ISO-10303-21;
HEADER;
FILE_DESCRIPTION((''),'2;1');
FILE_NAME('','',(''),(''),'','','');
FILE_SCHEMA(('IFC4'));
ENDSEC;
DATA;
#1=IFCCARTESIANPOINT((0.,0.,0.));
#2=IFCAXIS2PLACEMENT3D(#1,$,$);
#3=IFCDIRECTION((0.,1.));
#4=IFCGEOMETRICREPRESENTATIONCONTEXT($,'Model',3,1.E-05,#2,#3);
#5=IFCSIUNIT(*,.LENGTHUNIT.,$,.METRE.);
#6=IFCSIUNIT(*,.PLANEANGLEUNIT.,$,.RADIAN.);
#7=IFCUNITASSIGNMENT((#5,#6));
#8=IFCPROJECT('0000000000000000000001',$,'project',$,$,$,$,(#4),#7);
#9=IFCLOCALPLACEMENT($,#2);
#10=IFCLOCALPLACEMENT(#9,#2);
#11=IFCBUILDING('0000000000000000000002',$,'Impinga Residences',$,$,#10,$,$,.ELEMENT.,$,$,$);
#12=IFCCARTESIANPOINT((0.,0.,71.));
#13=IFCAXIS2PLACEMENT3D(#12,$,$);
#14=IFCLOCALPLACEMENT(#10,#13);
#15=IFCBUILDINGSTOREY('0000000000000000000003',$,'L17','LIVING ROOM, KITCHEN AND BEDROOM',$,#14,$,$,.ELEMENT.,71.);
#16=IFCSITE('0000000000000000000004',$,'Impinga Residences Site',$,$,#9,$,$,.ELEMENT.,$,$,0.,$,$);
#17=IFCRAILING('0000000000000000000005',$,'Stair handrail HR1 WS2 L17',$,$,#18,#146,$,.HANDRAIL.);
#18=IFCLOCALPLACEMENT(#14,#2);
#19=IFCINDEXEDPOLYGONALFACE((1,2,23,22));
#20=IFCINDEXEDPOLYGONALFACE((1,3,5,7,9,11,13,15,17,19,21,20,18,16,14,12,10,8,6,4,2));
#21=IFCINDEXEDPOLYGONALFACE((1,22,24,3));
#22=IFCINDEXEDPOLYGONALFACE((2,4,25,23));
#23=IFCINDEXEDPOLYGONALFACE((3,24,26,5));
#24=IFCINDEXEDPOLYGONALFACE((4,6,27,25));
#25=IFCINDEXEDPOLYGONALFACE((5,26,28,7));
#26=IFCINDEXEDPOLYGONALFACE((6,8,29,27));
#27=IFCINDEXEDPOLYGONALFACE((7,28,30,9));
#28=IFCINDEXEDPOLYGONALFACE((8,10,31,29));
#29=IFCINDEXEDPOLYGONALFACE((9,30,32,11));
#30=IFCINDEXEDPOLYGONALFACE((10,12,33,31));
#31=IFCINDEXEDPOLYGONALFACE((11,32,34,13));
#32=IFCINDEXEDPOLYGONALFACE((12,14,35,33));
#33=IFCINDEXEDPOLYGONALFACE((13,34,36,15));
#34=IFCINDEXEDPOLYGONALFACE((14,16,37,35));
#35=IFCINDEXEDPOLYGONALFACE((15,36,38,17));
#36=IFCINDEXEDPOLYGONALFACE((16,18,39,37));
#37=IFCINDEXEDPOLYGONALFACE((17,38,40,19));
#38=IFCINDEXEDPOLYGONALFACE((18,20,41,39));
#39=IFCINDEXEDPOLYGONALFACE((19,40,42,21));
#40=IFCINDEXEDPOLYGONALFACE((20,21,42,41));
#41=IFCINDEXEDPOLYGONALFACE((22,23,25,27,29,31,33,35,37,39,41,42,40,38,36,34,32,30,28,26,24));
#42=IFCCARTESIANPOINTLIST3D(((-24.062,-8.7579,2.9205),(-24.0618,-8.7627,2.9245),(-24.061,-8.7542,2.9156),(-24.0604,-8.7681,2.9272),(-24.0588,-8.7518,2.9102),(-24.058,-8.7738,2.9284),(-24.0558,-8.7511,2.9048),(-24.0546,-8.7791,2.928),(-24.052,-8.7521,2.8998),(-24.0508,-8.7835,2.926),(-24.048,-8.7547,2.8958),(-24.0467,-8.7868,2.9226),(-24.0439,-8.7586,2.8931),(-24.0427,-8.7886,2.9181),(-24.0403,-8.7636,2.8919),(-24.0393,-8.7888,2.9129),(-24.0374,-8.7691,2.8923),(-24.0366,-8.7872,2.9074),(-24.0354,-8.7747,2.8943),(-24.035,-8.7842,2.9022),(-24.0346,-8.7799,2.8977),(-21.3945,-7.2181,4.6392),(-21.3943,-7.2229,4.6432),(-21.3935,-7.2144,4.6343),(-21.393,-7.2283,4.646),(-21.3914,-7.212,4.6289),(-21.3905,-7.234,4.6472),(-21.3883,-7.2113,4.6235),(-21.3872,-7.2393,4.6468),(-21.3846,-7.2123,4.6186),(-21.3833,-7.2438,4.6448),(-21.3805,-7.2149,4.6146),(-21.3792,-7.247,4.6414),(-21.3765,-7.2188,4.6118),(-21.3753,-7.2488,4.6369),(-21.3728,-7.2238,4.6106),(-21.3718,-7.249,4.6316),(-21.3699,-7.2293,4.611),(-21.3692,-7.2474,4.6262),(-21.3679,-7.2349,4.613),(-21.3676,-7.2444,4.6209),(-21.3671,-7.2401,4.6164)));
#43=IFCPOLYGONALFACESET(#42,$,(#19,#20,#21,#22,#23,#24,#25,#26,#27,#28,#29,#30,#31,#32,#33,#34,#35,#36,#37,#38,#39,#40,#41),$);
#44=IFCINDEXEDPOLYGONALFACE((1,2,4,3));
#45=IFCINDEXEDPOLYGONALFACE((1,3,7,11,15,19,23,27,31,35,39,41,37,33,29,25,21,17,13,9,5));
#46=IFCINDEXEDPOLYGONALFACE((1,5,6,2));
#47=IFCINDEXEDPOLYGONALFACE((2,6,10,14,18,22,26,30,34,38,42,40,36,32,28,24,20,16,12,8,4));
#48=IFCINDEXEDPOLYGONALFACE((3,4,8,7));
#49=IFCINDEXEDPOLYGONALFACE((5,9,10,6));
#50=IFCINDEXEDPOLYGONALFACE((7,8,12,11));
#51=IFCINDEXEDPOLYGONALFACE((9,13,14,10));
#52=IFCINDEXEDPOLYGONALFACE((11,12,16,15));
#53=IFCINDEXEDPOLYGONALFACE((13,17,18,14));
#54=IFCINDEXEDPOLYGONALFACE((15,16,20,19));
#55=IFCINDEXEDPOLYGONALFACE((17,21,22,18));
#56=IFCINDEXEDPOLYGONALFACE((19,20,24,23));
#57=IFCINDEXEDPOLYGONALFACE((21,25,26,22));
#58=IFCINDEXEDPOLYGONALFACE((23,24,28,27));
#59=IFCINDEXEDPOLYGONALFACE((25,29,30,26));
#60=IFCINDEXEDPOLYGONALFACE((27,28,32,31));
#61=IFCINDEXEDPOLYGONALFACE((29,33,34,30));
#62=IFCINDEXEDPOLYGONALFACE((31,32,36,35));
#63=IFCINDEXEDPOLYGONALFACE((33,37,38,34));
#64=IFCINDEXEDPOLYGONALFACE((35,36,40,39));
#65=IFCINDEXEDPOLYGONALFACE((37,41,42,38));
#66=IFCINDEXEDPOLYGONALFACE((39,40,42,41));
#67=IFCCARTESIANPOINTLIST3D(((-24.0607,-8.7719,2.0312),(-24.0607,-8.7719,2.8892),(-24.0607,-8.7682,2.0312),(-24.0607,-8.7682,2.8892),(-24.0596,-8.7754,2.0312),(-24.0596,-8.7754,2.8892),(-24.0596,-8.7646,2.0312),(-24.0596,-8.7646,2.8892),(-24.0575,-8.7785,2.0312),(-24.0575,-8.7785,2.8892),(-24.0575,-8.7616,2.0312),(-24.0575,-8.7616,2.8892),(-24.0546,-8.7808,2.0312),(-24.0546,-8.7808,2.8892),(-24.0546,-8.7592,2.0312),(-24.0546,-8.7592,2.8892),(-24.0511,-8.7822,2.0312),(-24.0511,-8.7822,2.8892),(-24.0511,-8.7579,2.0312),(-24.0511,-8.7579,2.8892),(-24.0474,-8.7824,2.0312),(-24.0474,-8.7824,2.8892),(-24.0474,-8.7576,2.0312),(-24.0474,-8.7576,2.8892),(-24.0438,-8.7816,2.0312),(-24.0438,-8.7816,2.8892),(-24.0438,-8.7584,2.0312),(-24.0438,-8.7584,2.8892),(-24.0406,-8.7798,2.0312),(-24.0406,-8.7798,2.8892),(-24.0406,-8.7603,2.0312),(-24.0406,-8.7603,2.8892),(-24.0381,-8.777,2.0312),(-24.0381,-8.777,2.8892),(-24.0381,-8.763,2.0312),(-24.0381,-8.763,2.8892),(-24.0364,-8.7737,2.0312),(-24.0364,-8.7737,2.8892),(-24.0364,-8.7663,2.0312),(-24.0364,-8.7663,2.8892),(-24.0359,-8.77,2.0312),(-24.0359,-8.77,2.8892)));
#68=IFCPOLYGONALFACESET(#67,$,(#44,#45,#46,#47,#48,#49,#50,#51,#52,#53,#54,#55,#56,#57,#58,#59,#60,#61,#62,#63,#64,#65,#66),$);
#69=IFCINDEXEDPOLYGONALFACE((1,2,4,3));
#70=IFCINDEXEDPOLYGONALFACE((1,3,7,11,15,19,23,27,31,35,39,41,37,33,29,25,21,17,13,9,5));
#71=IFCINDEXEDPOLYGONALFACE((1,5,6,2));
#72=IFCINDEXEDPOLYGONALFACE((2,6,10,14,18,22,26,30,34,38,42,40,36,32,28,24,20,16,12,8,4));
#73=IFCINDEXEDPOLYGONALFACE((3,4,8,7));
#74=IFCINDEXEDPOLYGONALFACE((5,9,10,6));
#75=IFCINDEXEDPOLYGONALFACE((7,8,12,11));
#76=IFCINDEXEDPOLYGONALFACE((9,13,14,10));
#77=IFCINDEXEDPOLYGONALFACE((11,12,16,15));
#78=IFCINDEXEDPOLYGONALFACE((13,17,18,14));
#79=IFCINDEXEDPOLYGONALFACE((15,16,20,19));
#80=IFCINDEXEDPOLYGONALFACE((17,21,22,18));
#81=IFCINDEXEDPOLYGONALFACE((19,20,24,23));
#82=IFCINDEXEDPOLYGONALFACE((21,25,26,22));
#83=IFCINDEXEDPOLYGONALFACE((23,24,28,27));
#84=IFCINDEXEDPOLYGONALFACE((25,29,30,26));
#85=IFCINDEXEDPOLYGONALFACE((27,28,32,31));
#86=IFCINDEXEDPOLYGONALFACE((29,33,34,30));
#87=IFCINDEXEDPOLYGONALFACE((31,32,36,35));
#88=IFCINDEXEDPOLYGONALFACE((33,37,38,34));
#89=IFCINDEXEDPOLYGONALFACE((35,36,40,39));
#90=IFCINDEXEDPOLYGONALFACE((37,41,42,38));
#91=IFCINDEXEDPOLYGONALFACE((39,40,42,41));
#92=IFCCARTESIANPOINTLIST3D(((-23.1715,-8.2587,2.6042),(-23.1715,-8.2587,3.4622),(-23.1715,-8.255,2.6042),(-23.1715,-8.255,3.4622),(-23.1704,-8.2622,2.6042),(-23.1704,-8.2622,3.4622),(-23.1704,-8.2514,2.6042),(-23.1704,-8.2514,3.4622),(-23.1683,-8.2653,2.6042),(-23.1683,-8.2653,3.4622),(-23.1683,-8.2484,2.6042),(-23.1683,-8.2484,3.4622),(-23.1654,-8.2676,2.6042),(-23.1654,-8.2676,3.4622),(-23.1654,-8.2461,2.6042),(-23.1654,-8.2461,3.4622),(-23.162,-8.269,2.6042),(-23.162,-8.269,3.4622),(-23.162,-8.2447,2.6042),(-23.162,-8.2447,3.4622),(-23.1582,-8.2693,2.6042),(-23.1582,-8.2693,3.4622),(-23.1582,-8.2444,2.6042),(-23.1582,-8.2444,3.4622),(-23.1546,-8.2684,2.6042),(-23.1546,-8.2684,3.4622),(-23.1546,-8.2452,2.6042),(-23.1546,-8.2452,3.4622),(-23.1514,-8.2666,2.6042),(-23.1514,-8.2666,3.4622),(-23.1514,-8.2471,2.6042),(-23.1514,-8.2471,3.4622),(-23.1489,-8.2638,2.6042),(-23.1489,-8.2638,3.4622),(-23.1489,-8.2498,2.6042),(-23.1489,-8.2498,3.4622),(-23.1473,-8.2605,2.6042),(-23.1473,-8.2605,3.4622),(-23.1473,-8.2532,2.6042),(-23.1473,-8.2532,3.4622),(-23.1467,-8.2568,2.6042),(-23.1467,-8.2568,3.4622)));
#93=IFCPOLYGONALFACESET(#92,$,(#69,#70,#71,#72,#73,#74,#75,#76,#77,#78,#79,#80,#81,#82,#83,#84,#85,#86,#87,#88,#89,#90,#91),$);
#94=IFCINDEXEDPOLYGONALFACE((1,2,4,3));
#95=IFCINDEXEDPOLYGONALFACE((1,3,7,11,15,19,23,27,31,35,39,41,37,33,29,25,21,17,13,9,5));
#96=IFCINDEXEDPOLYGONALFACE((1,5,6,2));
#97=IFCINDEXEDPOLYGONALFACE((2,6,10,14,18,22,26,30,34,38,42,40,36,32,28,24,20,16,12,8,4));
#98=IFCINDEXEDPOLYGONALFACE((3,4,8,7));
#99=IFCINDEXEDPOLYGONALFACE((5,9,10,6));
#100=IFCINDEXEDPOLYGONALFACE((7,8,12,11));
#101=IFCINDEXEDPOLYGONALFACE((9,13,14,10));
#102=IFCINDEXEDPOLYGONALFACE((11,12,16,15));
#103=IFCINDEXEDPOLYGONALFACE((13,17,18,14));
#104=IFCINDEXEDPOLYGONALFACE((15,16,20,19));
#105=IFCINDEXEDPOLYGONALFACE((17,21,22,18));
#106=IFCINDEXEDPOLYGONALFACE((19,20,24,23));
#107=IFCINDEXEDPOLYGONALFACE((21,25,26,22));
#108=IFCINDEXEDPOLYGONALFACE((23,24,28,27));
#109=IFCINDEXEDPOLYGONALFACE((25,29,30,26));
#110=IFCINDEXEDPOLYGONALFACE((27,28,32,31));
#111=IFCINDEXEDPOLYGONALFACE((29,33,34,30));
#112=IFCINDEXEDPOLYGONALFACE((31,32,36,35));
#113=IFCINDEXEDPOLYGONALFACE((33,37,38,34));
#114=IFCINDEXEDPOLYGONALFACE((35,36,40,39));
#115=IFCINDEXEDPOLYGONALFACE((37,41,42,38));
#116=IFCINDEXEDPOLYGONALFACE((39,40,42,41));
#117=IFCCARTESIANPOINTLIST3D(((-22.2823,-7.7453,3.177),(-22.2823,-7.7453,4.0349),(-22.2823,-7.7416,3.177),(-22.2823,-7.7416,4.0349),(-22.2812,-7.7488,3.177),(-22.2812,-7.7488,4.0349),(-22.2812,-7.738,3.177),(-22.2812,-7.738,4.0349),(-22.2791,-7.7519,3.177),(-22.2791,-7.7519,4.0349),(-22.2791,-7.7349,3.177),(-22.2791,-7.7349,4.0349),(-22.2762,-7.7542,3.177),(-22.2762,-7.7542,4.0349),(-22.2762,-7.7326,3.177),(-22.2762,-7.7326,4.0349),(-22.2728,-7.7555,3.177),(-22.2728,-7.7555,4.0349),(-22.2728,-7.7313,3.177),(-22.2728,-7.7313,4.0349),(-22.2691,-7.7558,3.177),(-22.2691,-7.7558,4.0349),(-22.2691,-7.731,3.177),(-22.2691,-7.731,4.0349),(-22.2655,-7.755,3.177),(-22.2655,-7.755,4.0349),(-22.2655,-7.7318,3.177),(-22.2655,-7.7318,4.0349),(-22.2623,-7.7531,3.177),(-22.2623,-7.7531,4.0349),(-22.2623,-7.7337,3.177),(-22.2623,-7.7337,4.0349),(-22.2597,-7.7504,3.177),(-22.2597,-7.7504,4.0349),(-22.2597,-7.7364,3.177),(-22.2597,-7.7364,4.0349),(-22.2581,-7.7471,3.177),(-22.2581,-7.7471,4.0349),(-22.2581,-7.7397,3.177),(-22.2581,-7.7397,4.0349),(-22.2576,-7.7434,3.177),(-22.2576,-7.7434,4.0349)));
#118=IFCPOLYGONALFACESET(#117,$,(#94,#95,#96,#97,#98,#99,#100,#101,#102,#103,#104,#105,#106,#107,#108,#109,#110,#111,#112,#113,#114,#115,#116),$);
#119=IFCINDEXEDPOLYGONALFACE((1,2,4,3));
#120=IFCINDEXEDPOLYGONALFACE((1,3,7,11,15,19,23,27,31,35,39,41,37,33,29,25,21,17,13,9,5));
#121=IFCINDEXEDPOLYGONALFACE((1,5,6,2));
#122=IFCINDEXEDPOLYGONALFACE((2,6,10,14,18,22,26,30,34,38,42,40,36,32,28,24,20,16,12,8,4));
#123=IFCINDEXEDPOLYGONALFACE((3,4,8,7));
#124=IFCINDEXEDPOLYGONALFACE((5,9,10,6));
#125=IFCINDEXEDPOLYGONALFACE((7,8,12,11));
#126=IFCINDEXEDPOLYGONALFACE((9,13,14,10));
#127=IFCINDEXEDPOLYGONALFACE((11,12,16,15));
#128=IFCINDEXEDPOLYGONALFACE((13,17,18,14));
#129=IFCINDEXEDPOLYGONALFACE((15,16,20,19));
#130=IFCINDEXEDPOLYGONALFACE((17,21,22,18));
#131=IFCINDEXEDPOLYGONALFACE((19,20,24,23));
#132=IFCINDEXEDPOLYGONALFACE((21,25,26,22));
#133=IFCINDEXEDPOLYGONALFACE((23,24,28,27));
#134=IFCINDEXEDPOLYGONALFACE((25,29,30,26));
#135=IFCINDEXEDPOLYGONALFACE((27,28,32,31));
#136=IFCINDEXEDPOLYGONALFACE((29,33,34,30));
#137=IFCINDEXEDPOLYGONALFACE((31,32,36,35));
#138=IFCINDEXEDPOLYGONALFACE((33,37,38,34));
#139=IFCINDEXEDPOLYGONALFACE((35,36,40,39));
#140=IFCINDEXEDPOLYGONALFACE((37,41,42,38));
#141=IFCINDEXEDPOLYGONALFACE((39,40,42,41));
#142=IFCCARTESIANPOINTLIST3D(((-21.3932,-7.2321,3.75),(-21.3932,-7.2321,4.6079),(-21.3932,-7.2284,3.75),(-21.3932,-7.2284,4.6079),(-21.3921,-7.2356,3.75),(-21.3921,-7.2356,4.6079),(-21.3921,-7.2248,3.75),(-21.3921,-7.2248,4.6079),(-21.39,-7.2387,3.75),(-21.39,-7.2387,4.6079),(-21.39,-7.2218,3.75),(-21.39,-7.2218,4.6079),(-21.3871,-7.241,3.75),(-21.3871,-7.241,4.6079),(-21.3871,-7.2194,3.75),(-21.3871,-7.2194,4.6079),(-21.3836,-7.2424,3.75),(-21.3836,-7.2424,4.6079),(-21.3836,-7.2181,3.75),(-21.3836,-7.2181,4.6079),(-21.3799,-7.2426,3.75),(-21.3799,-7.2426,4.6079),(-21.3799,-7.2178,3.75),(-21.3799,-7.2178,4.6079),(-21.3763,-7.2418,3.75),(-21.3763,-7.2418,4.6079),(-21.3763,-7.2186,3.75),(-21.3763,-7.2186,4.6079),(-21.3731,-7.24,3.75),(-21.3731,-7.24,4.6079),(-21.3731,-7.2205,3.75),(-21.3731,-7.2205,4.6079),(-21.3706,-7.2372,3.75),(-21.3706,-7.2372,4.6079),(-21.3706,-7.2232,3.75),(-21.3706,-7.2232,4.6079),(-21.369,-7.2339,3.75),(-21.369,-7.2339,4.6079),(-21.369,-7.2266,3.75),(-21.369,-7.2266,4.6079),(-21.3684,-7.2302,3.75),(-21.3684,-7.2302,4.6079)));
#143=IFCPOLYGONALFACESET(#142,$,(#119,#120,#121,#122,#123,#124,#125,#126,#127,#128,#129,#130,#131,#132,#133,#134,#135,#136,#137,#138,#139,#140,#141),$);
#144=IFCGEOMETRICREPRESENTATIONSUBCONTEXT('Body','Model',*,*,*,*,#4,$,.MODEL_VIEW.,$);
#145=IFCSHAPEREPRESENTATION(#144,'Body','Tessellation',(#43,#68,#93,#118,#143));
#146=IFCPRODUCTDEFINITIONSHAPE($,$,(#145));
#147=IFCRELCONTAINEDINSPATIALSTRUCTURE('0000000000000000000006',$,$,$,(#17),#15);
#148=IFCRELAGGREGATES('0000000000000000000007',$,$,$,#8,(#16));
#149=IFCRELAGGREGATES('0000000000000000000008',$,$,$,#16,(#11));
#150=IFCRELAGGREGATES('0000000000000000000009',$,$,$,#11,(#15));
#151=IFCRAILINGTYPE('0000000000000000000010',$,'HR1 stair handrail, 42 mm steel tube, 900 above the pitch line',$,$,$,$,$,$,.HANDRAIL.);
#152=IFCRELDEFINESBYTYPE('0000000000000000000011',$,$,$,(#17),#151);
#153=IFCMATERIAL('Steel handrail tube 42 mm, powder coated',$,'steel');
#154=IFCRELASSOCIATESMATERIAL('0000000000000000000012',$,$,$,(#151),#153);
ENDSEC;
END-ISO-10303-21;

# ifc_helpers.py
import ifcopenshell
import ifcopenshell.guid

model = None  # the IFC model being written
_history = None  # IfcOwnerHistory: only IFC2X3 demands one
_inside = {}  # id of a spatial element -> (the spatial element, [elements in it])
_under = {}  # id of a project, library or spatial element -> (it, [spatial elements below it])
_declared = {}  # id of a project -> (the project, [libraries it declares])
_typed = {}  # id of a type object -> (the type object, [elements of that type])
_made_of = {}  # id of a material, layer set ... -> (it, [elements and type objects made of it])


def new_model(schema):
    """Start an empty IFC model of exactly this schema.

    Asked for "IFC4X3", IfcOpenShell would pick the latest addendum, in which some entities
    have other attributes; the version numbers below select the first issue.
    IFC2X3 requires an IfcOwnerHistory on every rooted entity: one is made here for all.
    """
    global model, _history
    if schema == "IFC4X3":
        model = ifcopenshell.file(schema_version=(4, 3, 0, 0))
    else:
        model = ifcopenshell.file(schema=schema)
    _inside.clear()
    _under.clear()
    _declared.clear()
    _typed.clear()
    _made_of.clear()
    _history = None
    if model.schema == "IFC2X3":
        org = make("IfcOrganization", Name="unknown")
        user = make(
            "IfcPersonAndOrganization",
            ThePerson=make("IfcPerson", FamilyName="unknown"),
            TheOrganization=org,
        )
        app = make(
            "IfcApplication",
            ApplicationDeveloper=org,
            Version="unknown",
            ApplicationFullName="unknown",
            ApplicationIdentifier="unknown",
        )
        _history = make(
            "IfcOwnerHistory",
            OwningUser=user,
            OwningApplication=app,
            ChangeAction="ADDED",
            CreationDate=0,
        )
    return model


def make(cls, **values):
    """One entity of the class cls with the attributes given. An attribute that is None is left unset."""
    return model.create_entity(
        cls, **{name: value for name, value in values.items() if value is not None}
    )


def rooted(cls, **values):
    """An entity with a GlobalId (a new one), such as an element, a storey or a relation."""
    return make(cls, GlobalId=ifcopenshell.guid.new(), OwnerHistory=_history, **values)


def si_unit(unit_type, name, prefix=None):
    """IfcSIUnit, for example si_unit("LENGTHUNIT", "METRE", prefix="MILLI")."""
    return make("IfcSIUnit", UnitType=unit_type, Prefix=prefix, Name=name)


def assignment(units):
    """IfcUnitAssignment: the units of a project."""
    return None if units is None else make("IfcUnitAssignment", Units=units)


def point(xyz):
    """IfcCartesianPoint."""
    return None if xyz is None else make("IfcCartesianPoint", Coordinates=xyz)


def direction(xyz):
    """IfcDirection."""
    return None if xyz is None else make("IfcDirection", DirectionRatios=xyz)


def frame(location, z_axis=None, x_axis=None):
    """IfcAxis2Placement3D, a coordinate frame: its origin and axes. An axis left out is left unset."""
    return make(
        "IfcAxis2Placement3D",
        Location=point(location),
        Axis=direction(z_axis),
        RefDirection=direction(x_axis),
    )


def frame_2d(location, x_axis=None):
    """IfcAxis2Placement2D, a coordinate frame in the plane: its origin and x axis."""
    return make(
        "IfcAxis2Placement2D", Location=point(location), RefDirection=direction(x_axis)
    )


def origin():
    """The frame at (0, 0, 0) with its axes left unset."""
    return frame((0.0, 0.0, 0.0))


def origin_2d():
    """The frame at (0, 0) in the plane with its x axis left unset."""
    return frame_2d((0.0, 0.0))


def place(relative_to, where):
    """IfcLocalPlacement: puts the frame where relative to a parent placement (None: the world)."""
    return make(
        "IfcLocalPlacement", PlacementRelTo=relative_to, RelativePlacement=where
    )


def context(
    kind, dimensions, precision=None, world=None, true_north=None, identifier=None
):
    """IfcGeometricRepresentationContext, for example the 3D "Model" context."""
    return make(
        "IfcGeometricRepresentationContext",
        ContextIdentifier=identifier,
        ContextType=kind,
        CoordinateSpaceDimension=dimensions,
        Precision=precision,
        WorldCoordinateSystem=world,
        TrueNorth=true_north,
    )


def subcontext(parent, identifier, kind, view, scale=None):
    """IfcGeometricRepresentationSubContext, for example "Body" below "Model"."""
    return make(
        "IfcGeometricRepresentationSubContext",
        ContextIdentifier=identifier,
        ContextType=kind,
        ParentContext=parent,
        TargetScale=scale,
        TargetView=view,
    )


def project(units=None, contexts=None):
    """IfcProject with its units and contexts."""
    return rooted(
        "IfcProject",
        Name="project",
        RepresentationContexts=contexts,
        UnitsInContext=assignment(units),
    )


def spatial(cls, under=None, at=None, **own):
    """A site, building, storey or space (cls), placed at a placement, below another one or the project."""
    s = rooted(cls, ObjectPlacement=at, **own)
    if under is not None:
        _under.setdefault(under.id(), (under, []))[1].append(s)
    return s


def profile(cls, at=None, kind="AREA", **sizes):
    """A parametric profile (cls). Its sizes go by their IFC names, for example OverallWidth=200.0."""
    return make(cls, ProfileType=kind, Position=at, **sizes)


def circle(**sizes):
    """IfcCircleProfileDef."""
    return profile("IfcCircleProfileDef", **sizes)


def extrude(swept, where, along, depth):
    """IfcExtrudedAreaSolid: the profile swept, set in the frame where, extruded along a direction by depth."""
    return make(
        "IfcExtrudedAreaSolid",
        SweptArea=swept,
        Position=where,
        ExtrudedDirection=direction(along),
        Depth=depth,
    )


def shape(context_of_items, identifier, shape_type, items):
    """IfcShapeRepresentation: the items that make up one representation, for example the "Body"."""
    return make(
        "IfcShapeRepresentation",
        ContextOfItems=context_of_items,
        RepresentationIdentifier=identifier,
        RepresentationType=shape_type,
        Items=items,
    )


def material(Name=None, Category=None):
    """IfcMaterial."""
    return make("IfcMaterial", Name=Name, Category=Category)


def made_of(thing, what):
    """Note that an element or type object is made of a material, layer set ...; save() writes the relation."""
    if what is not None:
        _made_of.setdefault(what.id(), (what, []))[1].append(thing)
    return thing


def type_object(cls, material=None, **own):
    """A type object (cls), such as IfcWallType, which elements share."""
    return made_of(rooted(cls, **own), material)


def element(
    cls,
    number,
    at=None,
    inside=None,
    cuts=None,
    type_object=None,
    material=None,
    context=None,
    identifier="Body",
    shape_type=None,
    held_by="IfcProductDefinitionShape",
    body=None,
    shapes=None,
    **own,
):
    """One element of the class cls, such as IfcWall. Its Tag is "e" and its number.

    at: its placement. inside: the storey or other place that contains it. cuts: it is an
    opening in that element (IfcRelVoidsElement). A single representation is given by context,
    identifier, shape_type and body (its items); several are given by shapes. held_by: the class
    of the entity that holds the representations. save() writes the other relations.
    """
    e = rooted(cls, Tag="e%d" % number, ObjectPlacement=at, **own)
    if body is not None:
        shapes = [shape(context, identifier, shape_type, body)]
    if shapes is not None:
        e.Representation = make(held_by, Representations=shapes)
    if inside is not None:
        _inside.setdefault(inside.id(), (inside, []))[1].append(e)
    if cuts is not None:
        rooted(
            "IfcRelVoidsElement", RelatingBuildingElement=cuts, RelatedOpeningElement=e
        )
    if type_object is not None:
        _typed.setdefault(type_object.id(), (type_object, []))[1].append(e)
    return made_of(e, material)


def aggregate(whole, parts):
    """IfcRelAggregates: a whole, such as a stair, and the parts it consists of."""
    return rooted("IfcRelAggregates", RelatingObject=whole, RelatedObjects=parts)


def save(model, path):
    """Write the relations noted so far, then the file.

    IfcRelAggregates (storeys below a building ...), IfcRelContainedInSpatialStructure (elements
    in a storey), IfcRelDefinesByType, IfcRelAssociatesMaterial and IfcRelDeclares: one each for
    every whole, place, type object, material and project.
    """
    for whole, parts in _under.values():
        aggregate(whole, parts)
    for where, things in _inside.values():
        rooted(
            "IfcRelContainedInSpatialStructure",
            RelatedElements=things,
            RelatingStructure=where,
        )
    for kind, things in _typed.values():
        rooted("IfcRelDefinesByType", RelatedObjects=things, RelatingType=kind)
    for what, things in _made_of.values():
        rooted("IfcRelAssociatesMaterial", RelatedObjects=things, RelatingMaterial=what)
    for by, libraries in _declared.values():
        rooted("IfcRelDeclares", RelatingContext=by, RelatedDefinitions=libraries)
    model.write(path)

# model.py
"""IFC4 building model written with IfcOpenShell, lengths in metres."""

from ifc_helpers import new_model, si_unit, direction, frame, origin, origin_2d, place, context, subcontext, project, spatial, circle, extrude, material, type_object, element, save


model = new_model("IFC4")

# Units and contexts
model_context = context("Model", 3, precision=1e-05, world=origin(), true_north=direction((0.0, 1.0)))
body_context = subcontext(model_context, "Body", "Model", "MODEL_VIEW")
ifc_project = project(units=[si_unit("LENGTHUNIT", "METRE"), si_unit("PLANEANGLEUNIT", "RADIAN")], contexts=[model_context])

# Site, building, storey
site_placement = place(None, origin())
site = spatial("IfcSite", under=ifc_project, at=site_placement, Name="Impinga Residences Site", CompositionType="ELEMENT", RefElevation=0.0)
building_placement = place(site_placement, origin())
building = spatial("IfcBuilding", under=site, at=building_placement, Name="Impinga Residences", CompositionType="ELEMENT")
storey_placement = place(building_placement, frame((0.0, 0.0, 71.0)))
storey = spatial("IfcBuildingStorey", under=building, at=storey_placement, Name="L17", Description="LIVING ROOM, KITCHEN AND BEDROOM", CompositionType="ELEMENT", Elevation=71.0)

# Railing
ifc_material_1 = material(Name="Steel handrail tube 42 mm, powder coated", Category="steel")
railing_type_1 = type_object("IfcRailingType", Name="HR1 stair handrail, 42 mm steel tube, 900 above the pitch line", PredefinedType="HANDRAIL", material=ifc_material_1)
railing_1_placement = place(storey_placement, frame((-24.0483, -8.77, 2.0312)))
element("IfcRailing", 1, at=railing_1_placement, inside=storey, type_object=railing_type_1, Name="Stair handrail HR1 WS2 L17", PredefinedType="HANDRAIL", context=body_context, shape_type="SweptSolid", body=[
    extrude(circle(Radius=0.021, at=origin_2d()), frame((0.0, 0.0, 0.8789), z_axis=(0.756279, 0.43656, 0.487297), x_axis=(-0.499933, 0.866064, 0.0)), (0.0, 0.0, 1.0), 3.5271),
    extrude(circle(Radius=0.0125, at=origin_2d()), origin(), (0.0, 0.0, 1.0), 0.8579),
    extrude(circle(Radius=0.0125, at=origin_2d()), frame((0.8892, 0.5132, 0.573)), (0.0, 0.0, 1.0), 0.8579),
    extrude(circle(Radius=0.0125, at=origin_2d()), frame((1.7783, 1.0266, 1.1458)), (0.0, 0.0, 1.0), 0.8579),
    extrude(circle(Radius=0.0125, at=origin_2d()), frame((2.6675, 1.5398, 1.7188)), (0.0, 0.0, 1.0), 0.8579),
])

save(model, "model.ifc")
